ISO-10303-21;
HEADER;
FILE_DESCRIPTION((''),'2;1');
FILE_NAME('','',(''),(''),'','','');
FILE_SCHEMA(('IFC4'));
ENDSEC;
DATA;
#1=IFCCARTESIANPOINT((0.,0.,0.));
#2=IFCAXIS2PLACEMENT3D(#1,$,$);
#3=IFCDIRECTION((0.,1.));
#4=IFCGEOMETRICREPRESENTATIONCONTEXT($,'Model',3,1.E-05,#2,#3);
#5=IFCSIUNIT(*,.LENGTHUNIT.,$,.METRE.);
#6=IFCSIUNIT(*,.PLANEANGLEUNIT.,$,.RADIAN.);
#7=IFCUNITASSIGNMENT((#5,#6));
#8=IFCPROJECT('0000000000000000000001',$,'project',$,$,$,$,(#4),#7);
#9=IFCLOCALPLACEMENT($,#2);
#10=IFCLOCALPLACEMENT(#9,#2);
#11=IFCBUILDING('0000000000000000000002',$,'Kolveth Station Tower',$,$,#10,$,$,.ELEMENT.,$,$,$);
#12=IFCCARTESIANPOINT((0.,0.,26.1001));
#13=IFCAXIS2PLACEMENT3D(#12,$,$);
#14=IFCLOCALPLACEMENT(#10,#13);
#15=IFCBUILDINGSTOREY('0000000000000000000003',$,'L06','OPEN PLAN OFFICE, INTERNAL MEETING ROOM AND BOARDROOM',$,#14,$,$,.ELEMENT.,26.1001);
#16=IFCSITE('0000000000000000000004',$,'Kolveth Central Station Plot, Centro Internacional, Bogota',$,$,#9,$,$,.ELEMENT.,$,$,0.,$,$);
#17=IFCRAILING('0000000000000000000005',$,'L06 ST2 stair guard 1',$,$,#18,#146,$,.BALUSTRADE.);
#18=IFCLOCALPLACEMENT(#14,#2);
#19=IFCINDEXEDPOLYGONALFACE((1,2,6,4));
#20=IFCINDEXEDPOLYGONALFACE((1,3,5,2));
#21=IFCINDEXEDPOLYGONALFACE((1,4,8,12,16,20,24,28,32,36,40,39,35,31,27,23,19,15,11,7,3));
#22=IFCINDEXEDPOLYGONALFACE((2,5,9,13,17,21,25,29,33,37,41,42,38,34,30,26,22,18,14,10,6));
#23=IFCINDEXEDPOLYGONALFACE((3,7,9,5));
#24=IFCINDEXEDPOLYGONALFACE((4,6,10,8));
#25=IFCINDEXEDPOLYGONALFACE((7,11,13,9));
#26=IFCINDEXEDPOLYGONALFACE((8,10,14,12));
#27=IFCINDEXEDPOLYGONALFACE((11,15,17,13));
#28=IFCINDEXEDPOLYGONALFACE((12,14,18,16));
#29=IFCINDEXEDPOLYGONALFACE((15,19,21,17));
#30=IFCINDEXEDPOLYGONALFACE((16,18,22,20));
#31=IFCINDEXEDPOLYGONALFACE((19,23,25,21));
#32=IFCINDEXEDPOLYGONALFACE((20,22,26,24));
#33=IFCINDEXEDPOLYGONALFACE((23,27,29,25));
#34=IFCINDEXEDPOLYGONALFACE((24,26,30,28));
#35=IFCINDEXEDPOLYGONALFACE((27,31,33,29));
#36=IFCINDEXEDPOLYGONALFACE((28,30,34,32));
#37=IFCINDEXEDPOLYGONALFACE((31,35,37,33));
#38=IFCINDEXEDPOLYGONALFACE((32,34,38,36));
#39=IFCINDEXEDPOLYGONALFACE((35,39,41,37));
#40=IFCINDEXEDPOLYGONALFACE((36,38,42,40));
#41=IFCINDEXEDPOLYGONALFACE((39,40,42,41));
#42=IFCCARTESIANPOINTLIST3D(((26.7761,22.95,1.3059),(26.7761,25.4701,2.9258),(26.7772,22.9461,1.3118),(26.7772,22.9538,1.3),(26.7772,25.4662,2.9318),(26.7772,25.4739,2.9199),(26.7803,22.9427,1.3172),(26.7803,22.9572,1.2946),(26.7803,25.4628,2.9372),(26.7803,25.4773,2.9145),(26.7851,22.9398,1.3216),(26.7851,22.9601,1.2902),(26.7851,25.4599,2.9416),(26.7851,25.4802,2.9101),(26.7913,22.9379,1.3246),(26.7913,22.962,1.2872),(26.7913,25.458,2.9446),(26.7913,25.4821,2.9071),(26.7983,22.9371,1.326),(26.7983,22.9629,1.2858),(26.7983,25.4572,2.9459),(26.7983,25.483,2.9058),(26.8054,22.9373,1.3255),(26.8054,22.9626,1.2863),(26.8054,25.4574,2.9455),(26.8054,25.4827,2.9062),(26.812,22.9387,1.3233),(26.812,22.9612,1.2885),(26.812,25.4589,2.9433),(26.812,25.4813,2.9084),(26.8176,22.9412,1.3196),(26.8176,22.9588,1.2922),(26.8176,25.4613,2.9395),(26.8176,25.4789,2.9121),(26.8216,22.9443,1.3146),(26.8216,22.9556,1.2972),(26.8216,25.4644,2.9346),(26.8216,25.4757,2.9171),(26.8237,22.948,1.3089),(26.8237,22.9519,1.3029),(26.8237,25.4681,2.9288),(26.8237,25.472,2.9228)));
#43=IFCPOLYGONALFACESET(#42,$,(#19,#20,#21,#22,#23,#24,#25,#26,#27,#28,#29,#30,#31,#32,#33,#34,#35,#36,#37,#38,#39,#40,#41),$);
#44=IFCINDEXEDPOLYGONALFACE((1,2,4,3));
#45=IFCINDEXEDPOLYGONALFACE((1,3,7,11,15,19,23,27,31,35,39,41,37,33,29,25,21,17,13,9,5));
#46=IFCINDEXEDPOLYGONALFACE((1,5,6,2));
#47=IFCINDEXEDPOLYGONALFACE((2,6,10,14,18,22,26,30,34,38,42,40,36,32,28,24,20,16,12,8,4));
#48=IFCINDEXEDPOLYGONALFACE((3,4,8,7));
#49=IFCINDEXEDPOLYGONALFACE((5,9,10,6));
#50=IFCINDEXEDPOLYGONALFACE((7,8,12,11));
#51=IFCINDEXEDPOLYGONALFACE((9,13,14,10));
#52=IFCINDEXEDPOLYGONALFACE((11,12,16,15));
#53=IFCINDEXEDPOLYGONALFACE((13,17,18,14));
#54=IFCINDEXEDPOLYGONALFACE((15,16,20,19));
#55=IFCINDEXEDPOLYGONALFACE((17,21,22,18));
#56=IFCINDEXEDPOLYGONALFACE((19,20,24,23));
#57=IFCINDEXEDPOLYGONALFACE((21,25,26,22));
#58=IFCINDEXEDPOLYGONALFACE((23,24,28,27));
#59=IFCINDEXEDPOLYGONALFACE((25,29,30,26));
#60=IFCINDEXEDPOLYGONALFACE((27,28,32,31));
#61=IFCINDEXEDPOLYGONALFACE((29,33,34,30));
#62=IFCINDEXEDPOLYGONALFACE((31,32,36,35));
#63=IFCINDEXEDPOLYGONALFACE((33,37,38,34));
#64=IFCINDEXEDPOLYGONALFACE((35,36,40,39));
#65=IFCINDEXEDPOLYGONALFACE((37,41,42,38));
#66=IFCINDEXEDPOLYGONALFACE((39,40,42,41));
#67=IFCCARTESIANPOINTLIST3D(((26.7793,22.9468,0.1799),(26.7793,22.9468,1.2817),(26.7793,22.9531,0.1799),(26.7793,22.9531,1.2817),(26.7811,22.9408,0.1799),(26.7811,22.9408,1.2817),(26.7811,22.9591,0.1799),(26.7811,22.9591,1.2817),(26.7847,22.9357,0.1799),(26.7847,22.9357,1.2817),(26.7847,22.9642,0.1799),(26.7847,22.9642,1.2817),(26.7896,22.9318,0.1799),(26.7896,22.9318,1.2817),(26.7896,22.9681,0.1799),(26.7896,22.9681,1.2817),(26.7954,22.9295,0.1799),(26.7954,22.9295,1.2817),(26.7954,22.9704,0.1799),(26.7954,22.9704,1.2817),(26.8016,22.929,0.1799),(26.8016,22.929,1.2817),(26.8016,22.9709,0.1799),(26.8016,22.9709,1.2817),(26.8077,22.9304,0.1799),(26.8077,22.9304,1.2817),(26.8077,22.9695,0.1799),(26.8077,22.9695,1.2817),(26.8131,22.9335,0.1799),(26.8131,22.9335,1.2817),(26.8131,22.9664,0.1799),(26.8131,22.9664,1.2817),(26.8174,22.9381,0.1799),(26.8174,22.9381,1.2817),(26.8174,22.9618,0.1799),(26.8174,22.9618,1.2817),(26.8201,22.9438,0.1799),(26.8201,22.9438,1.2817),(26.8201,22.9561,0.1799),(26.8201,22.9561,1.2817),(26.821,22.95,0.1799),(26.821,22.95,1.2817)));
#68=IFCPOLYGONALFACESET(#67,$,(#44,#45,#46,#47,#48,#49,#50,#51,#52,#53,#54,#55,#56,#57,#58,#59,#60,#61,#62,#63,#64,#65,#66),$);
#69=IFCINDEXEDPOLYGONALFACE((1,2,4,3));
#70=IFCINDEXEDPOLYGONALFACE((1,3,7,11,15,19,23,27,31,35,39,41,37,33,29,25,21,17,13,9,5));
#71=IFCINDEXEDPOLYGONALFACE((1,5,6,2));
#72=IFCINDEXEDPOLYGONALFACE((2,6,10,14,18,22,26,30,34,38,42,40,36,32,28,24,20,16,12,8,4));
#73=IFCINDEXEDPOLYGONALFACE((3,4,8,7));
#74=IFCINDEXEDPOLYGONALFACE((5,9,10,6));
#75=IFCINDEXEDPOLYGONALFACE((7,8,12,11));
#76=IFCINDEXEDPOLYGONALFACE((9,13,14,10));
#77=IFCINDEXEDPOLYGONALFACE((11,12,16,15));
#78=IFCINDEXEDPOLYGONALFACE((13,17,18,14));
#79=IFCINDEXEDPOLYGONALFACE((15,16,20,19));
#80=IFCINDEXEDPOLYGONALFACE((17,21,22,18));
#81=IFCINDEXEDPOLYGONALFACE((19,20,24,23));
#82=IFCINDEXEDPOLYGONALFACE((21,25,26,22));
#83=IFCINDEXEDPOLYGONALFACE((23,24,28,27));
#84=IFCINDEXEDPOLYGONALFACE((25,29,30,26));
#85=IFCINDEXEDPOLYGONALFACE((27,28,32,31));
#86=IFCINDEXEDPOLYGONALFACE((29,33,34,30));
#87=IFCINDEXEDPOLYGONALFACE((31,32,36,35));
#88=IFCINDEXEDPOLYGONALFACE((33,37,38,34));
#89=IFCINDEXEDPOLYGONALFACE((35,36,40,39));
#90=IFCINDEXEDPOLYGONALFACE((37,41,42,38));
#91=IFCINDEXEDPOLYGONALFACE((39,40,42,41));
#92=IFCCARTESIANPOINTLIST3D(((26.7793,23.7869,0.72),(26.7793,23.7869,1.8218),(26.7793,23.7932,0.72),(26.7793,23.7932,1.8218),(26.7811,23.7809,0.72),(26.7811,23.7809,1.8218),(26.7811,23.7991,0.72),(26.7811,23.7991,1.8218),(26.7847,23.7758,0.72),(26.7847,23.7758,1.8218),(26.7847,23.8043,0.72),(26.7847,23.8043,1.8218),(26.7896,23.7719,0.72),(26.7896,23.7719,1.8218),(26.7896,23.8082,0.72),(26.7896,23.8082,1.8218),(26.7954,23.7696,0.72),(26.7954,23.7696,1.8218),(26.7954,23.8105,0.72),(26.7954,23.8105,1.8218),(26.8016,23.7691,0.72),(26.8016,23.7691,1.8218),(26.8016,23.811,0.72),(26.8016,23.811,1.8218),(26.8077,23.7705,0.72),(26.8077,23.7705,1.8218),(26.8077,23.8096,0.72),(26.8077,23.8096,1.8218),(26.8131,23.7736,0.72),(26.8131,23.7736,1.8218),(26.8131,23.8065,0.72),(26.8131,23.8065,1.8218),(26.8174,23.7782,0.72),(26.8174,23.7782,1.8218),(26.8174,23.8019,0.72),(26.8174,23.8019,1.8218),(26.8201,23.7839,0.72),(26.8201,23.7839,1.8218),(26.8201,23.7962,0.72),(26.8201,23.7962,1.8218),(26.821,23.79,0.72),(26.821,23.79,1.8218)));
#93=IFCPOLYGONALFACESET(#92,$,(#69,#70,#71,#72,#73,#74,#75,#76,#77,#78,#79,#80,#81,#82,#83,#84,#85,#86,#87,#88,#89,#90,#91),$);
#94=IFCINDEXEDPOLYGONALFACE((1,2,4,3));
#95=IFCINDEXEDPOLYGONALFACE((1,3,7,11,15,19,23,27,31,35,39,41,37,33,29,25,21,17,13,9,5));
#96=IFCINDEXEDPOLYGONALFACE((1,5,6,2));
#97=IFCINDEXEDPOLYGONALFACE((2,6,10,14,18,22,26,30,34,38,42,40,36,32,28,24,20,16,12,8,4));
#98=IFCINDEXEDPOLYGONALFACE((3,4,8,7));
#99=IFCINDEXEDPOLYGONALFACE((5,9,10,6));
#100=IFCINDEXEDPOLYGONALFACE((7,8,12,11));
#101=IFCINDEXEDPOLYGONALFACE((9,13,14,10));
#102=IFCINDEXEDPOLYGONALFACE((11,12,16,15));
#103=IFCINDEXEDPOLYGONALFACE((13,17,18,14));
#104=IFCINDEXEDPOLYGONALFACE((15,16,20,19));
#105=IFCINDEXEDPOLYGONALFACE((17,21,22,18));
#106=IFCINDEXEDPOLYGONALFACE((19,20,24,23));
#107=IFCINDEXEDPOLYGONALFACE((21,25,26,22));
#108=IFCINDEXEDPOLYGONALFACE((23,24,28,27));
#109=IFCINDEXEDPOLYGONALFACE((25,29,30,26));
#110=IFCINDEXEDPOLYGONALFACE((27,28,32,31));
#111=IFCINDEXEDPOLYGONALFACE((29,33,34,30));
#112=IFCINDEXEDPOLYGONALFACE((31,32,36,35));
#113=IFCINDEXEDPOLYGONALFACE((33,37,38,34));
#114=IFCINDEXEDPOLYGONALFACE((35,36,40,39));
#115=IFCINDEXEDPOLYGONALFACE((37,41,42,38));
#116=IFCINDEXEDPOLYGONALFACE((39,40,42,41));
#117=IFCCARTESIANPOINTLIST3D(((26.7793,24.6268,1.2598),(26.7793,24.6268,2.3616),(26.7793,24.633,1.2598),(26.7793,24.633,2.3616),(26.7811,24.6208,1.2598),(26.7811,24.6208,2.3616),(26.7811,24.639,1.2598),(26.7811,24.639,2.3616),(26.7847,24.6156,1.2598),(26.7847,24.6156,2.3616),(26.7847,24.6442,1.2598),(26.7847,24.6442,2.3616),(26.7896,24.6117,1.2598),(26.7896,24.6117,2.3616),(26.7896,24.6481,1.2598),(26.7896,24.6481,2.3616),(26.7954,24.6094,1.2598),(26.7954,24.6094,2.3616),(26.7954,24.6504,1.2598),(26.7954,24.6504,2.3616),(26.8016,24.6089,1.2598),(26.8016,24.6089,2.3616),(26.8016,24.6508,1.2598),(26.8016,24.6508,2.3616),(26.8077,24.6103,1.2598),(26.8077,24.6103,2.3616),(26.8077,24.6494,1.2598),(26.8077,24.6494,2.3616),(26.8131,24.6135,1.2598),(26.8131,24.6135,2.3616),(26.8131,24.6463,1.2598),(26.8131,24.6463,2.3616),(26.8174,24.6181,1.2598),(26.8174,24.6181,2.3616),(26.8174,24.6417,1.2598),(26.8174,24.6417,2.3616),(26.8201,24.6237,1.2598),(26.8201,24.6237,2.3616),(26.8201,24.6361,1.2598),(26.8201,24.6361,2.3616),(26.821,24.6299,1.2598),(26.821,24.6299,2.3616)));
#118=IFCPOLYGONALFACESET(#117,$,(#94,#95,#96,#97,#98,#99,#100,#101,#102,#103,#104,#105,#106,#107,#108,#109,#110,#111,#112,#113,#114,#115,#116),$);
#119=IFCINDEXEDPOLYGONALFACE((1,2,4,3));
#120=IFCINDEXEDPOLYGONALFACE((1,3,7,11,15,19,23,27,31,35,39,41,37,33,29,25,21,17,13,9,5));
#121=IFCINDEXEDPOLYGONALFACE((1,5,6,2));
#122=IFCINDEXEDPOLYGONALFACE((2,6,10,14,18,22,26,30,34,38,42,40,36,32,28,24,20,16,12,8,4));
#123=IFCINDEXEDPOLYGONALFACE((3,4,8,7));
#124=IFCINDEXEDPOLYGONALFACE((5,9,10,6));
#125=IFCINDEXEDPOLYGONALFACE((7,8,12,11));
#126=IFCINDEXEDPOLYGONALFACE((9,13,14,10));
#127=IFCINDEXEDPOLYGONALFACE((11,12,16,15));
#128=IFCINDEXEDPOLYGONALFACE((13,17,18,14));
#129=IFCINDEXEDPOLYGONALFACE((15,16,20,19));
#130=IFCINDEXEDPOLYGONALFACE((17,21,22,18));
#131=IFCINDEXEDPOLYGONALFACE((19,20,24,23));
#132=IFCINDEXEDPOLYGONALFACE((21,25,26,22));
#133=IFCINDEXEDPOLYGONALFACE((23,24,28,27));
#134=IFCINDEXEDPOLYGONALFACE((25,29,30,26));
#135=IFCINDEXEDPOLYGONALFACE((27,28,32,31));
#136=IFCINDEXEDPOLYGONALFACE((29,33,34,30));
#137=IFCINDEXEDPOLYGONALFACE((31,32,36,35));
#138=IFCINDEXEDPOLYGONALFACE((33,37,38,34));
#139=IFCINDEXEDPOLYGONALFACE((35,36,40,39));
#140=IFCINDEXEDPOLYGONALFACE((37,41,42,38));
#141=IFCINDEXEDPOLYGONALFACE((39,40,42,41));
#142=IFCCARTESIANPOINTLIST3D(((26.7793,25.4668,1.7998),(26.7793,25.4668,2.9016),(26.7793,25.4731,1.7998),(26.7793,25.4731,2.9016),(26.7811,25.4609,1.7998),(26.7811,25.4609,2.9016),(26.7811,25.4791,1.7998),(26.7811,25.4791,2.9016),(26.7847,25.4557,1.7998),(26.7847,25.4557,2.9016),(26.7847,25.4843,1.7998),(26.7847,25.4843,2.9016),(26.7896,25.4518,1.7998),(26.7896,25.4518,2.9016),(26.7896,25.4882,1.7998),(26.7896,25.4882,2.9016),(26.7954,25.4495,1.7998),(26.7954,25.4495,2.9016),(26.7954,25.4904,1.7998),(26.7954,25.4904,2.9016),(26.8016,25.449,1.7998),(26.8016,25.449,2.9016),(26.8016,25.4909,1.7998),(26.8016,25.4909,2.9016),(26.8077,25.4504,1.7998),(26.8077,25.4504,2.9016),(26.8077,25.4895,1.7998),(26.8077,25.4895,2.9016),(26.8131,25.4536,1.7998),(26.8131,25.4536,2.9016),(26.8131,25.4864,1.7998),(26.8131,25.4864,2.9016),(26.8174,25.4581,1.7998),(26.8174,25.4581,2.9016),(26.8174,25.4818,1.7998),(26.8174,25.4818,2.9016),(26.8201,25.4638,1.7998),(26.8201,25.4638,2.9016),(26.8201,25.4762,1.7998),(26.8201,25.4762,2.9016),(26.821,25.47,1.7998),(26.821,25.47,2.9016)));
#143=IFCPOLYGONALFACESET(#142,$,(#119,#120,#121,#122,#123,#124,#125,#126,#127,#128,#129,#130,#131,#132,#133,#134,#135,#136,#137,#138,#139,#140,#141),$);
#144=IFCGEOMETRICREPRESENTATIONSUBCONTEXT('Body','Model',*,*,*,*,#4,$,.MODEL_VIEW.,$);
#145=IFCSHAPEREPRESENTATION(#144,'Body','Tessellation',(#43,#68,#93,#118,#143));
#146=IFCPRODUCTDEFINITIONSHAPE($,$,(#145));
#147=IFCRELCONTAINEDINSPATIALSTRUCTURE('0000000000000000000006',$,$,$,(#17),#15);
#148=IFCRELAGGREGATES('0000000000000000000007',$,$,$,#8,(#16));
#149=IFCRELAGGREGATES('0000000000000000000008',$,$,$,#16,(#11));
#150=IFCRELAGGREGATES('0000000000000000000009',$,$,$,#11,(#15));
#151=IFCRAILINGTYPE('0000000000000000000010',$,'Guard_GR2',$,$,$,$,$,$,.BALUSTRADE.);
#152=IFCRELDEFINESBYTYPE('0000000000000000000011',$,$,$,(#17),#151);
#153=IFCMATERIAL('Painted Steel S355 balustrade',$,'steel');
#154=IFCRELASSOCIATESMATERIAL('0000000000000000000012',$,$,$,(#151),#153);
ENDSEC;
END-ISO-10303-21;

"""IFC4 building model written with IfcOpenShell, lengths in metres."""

from ifc_helpers import new_model, si_unit, direction, frame, origin, origin_2d, place, context, subcontext, project, spatial, circle, extrude, material, type_object, element, save


model = new_model("IFC4")

# Units and contexts
model_context = context("Model", 3, precision=1e-05, world=origin(), true_north=direction((0.0, 1.0)))
body_context = subcontext(model_context, "Body", "Model", "MODEL_VIEW")
ifc_project = project(units=[si_unit("LENGTHUNIT", "METRE"), si_unit("PLANEANGLEUNIT", "RADIAN")], contexts=[model_context])

# Site, building, storey
site_placement = place(None, origin())
site = spatial("IfcSite", under=ifc_project, at=site_placement, Name="Kolveth Central Station Plot, Centro Internacional, Bogota", CompositionType="ELEMENT", RefElevation=0.0)
building_placement = place(site_placement, origin())
building = spatial("IfcBuilding", under=site, at=building_placement, Name="Kolveth Station Tower", CompositionType="ELEMENT")
storey_placement = place(building_placement, frame((0.0, 0.0, 26.1001)))
storey = spatial("IfcBuildingStorey", under=building, at=storey_placement, Name="L06", Description="OPEN PLAN OFFICE, INTERNAL MEETING ROOM AND BOARDROOM", CompositionType="ELEMENT", Elevation=26.1001)

# Railing
ifc_material_1 = material(Name="Painted Steel S355 balustrade", Category="steel")
railing_type_1 = type_object("IfcRailingType", Name="Guard_GR2", PredefinedType="BALUSTRADE", material=ifc_material_1)
railing_1_placement = place(storey_placement, frame((26.8, 22.95, 0.1799)))
element("IfcRailing", 1, at=railing_1_placement, inside=storey, type_object=railing_type_1, Name="L06 ST2 stair guard 1", PredefinedType="BALUSTRADE", context=body_context, shape_type="SweptSolid", body=[
    extrude(circle(Radius=0.0239, at=origin_2d()), frame((0.0, 0.0, 1.126), z_axis=(0.0, 0.8412, 0.540725), x_axis=(-1.0, 0.0, 0.0)), (0.0, 0.0, 1.0), 2.9958),
    extrude(circle(Radius=0.021, at=origin_2d()), origin(), (0.0, 0.0, 1.0), 1.1018),
    extrude(circle(Radius=0.021, at=origin_2d()), frame((0.0, 0.8401, 0.54)), (0.0, 0.0, 1.0), 1.1018),
    extrude(circle(Radius=0.021, at=origin_2d()), frame((0.0, 1.6799, 1.0798)), (0.0, 0.0, 1.0), 1.1018),
    extrude(circle(Radius=0.021, at=origin_2d()), frame((0.0, 2.52, 1.6199)), (0.0, 0.0, 1.0), 1.1018),
])

save(model, "model.ifc")
